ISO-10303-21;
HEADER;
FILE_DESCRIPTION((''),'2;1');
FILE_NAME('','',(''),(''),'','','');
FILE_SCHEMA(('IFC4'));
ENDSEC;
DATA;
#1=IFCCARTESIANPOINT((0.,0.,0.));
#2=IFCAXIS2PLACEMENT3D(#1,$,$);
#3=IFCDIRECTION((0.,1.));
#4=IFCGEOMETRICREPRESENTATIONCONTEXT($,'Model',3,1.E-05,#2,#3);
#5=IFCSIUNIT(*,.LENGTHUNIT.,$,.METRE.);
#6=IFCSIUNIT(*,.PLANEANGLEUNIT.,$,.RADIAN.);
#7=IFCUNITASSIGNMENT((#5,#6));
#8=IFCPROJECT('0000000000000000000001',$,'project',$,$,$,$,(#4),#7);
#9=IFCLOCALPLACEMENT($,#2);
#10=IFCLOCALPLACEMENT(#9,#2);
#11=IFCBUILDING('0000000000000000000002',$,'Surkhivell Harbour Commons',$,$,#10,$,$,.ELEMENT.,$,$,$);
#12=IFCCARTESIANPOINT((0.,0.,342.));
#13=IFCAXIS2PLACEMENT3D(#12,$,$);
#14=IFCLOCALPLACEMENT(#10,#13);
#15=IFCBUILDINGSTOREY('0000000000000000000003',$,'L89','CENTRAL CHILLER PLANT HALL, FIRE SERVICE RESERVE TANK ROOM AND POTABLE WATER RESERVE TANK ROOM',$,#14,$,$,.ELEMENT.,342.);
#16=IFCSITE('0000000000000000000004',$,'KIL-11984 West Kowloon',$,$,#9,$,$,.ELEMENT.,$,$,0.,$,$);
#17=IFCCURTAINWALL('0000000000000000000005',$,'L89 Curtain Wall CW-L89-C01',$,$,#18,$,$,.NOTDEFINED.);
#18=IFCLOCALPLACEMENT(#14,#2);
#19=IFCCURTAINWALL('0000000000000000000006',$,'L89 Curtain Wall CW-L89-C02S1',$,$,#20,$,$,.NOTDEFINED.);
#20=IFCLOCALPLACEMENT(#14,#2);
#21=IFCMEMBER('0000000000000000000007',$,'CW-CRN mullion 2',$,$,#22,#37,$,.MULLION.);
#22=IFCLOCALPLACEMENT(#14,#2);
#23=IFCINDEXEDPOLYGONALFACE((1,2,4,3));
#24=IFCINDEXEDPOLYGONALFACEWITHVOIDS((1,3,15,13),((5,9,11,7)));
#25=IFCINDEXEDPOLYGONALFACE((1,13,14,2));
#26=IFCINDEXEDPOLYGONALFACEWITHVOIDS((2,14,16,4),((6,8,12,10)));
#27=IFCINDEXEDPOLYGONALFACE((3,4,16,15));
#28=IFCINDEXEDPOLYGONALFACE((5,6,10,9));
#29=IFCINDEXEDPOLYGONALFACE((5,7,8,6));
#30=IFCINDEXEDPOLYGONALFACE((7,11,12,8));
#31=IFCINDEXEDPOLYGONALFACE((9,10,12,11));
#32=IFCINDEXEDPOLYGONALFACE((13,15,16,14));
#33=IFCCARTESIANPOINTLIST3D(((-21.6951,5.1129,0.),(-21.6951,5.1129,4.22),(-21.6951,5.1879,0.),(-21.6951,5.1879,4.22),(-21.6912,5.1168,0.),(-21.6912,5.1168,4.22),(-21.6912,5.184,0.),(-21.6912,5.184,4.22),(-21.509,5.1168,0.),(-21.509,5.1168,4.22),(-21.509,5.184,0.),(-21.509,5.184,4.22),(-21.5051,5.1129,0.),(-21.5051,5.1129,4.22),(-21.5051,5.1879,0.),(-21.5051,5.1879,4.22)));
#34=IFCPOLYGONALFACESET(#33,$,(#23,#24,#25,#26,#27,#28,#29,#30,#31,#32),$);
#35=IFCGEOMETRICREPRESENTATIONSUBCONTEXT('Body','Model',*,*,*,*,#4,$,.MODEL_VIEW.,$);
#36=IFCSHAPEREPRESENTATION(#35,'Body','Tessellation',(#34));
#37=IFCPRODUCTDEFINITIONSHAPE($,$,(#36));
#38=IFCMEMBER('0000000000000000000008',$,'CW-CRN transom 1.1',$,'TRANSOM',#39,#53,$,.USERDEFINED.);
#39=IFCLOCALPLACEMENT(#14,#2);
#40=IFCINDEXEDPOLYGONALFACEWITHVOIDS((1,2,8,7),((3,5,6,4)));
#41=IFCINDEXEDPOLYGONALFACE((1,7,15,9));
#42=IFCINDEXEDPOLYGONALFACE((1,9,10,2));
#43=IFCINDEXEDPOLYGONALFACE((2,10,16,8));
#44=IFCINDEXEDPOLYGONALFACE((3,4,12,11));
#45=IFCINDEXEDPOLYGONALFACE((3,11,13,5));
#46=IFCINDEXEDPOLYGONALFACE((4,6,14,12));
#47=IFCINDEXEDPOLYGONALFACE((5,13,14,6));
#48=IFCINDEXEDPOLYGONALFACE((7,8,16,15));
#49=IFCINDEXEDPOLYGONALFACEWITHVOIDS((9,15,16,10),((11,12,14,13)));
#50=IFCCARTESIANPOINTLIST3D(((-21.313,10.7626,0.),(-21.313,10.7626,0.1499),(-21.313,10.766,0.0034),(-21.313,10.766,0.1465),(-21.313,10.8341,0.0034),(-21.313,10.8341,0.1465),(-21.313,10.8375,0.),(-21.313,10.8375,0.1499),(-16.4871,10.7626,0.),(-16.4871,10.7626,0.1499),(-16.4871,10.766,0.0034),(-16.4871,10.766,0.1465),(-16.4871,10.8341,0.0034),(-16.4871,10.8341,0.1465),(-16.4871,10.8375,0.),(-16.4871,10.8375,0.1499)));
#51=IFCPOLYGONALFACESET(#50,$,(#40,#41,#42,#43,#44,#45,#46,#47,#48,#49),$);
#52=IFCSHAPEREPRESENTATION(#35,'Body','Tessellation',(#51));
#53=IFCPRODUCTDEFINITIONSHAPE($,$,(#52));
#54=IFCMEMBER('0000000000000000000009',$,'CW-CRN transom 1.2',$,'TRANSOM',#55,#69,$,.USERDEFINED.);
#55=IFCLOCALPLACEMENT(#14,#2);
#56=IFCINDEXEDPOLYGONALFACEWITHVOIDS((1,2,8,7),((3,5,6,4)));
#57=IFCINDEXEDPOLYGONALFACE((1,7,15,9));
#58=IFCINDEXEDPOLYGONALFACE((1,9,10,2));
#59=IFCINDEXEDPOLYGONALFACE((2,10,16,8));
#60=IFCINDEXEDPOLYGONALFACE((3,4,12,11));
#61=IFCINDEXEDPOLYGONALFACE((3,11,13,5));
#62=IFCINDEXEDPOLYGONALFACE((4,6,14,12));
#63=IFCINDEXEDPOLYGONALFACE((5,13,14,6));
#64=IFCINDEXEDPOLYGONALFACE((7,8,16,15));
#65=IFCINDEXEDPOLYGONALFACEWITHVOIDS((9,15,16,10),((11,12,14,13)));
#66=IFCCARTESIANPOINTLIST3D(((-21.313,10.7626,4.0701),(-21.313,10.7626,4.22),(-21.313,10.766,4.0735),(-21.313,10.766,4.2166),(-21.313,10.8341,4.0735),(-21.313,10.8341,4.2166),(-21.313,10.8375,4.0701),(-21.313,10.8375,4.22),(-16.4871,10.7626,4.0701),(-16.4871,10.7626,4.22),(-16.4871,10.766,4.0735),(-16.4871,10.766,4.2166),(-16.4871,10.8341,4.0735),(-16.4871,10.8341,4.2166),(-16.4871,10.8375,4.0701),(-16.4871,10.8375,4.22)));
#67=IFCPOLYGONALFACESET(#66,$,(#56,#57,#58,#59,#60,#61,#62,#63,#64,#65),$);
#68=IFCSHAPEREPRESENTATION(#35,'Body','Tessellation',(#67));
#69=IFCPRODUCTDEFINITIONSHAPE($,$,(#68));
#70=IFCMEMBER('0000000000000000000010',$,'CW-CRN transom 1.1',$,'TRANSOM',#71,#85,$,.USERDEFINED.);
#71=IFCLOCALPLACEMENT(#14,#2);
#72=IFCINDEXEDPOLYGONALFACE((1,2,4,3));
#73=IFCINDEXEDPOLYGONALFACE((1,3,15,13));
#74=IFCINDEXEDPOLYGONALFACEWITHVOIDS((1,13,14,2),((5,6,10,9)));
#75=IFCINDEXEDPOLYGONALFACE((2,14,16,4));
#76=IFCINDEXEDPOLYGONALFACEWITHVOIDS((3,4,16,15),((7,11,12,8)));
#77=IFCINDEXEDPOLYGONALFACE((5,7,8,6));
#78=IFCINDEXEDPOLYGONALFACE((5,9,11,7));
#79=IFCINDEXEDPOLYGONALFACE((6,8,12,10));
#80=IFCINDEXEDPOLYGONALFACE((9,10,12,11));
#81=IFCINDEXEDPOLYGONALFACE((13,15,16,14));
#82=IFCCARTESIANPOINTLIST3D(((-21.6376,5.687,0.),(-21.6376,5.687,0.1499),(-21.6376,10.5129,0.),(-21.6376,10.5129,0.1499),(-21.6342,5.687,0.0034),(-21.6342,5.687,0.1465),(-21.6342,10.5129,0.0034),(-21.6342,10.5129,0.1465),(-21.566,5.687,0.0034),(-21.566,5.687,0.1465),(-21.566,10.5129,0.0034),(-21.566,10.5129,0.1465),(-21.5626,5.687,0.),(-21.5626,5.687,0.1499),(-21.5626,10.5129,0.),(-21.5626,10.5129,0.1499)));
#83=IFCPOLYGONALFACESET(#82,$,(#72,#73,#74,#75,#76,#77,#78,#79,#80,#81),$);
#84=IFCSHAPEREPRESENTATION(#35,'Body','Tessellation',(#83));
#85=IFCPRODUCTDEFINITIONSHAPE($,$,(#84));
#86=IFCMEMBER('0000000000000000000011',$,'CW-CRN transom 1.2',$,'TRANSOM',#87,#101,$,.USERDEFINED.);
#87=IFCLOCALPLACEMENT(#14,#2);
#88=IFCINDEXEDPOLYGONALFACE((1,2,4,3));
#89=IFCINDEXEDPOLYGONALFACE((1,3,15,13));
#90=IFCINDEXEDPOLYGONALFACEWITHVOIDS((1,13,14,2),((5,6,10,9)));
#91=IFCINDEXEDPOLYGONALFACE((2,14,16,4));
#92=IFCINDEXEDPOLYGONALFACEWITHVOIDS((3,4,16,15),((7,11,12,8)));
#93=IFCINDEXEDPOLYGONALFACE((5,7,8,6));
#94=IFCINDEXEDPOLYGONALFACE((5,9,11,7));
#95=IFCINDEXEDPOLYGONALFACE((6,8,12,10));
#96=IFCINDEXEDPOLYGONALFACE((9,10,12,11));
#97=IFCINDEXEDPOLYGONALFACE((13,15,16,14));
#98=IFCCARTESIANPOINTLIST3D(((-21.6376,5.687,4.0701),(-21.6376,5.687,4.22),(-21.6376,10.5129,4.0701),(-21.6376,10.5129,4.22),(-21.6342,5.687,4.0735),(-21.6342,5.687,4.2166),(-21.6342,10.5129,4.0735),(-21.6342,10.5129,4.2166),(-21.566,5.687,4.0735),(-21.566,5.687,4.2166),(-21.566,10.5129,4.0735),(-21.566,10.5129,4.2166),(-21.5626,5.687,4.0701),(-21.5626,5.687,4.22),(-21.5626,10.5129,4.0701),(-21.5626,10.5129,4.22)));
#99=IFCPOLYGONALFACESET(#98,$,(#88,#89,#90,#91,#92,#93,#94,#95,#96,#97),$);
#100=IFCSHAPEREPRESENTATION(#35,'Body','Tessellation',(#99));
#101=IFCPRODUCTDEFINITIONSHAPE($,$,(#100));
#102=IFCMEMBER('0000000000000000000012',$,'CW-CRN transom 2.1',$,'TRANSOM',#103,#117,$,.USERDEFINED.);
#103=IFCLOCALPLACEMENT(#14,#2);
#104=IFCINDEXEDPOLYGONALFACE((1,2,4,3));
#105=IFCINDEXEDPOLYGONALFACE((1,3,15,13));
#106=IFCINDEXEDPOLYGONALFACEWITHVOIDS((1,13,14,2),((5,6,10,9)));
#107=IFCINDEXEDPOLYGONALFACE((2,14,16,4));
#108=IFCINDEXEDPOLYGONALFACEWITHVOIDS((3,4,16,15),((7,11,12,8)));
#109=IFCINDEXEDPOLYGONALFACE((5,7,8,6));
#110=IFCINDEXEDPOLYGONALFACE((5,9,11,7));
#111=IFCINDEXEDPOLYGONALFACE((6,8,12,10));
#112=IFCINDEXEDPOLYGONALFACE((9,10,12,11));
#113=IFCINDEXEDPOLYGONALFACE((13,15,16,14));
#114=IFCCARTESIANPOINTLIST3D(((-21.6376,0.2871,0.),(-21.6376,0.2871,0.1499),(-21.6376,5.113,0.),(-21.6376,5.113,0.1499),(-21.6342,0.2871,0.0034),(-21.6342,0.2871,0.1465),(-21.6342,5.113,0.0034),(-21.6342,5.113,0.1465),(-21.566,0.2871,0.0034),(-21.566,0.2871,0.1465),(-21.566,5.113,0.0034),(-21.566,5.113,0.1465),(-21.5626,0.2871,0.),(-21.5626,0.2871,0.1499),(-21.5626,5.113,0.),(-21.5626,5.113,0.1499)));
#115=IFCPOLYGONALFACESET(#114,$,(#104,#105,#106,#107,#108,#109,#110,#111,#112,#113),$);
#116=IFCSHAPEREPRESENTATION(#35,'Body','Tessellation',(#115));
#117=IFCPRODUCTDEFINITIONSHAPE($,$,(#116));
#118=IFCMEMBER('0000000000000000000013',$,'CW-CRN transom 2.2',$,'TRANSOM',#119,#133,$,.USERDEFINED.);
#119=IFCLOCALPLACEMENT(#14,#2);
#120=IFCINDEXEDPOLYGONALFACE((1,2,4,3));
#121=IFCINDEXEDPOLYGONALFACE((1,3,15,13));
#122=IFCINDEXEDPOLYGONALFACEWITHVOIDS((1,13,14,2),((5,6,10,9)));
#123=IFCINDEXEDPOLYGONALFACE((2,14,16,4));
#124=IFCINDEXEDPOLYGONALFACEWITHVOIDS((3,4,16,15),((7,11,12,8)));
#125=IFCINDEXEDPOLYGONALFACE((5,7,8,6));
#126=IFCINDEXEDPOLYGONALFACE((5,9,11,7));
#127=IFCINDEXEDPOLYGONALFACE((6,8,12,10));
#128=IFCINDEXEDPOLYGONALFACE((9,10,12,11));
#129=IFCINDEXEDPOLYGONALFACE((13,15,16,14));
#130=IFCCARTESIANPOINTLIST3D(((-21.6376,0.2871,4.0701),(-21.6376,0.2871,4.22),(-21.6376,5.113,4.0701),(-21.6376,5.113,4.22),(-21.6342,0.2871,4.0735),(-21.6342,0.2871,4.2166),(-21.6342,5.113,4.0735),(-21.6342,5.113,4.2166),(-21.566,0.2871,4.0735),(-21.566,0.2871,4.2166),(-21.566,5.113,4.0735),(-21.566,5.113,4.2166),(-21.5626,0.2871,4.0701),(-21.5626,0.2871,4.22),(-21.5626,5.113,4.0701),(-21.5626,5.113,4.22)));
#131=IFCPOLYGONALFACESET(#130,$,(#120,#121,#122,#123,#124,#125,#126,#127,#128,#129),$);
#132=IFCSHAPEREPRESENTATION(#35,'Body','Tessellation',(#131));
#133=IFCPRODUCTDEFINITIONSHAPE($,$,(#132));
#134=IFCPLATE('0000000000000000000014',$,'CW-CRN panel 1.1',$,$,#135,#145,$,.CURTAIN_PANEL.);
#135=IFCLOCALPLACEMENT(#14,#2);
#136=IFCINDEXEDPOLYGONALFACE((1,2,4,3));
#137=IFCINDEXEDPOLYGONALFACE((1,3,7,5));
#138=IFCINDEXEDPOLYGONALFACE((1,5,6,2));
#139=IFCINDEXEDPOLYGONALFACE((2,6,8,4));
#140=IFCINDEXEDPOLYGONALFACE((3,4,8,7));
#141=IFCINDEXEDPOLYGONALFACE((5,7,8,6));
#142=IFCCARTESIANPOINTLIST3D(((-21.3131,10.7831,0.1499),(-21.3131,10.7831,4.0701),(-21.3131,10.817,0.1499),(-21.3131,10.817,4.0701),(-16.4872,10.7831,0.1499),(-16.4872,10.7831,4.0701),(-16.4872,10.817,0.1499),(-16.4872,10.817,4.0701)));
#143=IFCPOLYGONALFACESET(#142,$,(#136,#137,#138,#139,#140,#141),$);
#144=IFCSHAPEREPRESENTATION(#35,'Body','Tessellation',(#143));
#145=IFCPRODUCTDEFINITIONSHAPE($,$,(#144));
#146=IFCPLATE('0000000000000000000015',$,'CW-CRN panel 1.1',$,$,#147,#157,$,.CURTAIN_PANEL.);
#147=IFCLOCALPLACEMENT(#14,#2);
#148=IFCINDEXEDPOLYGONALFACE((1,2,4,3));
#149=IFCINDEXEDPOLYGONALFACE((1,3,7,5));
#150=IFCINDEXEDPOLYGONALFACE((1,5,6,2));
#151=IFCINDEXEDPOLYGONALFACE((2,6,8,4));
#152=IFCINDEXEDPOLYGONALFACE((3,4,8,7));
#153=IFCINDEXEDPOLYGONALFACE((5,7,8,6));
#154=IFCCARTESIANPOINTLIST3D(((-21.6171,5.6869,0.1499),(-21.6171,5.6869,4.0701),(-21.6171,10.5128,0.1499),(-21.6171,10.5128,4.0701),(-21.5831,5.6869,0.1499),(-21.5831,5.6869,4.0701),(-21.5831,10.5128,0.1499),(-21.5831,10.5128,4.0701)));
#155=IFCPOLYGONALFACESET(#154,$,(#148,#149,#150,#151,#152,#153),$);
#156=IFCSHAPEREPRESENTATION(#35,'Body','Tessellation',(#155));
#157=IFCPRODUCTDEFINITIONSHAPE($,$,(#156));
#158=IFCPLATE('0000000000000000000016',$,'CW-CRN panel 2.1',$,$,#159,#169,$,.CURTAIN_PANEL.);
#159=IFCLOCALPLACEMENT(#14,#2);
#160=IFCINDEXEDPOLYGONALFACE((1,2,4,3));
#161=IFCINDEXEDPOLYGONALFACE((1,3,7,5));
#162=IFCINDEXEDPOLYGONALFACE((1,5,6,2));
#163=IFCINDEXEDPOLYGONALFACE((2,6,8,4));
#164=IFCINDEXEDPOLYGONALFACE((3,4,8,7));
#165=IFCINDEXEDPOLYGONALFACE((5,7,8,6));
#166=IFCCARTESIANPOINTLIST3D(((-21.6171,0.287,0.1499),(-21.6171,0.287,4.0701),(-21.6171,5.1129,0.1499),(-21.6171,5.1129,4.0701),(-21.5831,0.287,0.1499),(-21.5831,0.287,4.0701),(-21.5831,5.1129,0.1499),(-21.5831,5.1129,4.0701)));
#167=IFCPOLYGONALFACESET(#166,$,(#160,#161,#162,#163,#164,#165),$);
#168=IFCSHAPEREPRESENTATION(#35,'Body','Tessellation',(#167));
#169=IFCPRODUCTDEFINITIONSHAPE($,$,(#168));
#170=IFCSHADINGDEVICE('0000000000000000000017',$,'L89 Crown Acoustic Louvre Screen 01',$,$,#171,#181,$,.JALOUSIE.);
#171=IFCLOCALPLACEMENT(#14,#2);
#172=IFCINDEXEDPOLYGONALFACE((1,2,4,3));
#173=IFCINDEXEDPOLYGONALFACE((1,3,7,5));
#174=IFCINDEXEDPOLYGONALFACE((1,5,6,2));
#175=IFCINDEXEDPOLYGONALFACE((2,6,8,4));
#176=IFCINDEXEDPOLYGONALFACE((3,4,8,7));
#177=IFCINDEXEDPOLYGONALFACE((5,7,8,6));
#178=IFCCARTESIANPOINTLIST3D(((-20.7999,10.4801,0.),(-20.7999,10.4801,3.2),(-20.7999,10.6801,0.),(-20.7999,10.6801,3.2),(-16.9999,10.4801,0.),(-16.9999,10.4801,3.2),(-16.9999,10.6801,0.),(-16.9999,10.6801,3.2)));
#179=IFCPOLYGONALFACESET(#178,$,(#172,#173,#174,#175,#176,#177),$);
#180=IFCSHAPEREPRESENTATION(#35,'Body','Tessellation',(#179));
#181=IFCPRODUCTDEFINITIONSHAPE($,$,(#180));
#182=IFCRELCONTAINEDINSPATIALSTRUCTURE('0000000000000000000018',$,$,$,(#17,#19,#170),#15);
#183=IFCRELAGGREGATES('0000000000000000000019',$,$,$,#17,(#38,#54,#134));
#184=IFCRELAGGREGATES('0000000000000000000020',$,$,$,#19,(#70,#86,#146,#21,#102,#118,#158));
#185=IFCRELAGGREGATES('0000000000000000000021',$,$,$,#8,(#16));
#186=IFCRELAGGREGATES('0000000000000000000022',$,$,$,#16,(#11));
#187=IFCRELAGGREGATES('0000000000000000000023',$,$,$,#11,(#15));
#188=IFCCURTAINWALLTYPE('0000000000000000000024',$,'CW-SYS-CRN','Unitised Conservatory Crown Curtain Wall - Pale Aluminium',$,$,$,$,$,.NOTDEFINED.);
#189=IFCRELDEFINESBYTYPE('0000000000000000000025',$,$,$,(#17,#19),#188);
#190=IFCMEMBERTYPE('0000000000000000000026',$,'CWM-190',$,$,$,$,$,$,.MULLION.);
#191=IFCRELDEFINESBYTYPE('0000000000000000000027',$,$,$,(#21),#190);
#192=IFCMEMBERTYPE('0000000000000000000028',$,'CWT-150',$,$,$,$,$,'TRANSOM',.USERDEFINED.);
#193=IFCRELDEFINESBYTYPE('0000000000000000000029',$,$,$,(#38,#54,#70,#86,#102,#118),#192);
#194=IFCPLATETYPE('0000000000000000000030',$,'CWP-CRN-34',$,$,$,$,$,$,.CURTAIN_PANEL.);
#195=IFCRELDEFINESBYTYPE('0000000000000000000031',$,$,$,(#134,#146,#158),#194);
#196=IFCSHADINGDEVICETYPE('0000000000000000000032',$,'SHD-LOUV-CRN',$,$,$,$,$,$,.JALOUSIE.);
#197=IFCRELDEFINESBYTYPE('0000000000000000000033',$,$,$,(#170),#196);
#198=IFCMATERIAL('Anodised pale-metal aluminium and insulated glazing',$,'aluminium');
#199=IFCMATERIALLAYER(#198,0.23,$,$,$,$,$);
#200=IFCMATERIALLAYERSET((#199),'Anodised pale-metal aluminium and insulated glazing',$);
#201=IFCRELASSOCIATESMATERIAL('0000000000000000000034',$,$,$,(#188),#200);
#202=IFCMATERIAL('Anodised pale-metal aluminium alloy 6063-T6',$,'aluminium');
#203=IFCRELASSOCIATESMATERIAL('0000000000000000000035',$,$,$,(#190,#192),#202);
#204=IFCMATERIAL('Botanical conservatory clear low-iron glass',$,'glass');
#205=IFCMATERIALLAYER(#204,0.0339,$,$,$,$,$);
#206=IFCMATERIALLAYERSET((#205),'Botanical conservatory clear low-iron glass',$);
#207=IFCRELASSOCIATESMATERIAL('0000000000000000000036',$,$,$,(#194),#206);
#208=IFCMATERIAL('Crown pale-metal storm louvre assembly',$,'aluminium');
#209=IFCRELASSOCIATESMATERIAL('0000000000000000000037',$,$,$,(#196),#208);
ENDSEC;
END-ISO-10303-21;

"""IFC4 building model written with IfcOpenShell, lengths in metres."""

from ifc_helpers import new_model, si_unit, direction, frame, frame_2d, origin, origin_2d, place, context, subcontext, project, spatial, rectangle, hollow_rectangle, extrude, material, layer, layer_set, material_profile, profile_set, type_object, element, aggregate, save


model = new_model("IFC4")

# Units and contexts
model_context = context("Model", 3, precision=1e-05, world=origin(), true_north=direction((0.0, 1.0)))
body_context = subcontext(model_context, "Body", "Model", "MODEL_VIEW")
ifc_project = project(units=[si_unit("LENGTHUNIT", "METRE"), si_unit("PLANEANGLEUNIT", "RADIAN")], contexts=[model_context])

# Site, building, storey
site_placement = place(None, origin())
site = spatial("IfcSite", under=ifc_project, at=site_placement, Name="KIL-11984 West Kowloon", CompositionType="ELEMENT", RefElevation=0.0)
building_placement = place(site_placement, origin())
building = spatial("IfcBuilding", under=site, at=building_placement, Name="Surkhivell Harbour Commons", CompositionType="ELEMENT")
storey_placement = place(building_placement, frame((0.0, 0.0, 342.0)))
storey = spatial("IfcBuildingStorey", under=building, at=storey_placement, Name="L89", Description="CENTRAL CHILLER PLANT HALL, FIRE SERVICE RESERVE TANK ROOM AND POTABLE WATER RESERVE TANK ROOM", CompositionType="ELEMENT", Elevation=342.0)

# Curtain walls, member
ifc_material_1 = material(Name="Anodised pale-metal aluminium and insulated glazing", Category="aluminium")
ifc_layer_1 = layer(ifc_material_1, 0.23)
ifc_layer_set_1 = layer_set([ifc_layer_1], Name="Anodised pale-metal aluminium and insulated glazing")
curtain_wall_type = type_object("IfcCurtainWallType", Name="CW-SYS-CRN", Description="Unitised Conservatory Crown Curtain Wall - Pale Aluminium", PredefinedType="NOTDEFINED", material=ifc_layer_set_1)
curtain_wall_1_placement = place(storey_placement, origin())
curtain_wall_1 = element("IfcCurtainWall", 1, at=curtain_wall_1_placement, inside=storey, type_object=curtain_wall_type, Name="L89 Curtain Wall CW-L89-C01", PredefinedType="NOTDEFINED")
ifc_material_2 = material(Name="Anodised pale-metal aluminium alloy 6063-T6", Category="aluminium")
ifc_material_profile_1 = material_profile(ifc_material_2, hollow_rectangle(XDim=0.075, YDim=0.1899, WallThickness=0.0039, at=origin_2d()), Name="ALU-MULL-75x190")
ifc_profile_set_1 = profile_set([ifc_material_profile_1], Name="Anodised pale-metal aluminium alloy 6063-T6")
member_type_1 = type_object("IfcMemberType", Name="CWM-190", PredefinedType="MULLION", material=ifc_profile_set_1)
curtain_wall_2_placement = place(storey_placement, origin())
curtain_wall_2 = element("IfcCurtainWall", 2, at=curtain_wall_2_placement, inside=storey, type_object=curtain_wall_type, Name="L89 Curtain Wall CW-L89-C02S1", PredefinedType="NOTDEFINED")
member_1_placement = place(storey_placement, frame((-21.6001, 5.1504, 0.0), z_axis=(0.0, 0.0, 1.0), x_axis=(0.0, -1.0, 0.0)))
member_1 = element("IfcMember", 3, at=member_1_placement, type_object=member_type_1, Name="CW-CRN mullion 2", PredefinedType="MULLION", context=body_context, shape_type="SweptSolid", body=[
    extrude(hollow_rectangle(XDim=0.075, YDim=0.1899, WallThickness=0.0039, at=origin_2d()), origin(), (0.0, 0.0, 1.0), 4.22),
])

# Members
ifc_material_profile_2 = material_profile(ifc_material_2, hollow_rectangle(XDim=0.075, YDim=0.1499, WallThickness=0.0034, at=origin_2d()), Name="ALU-TRAN-75x150")
ifc_profile_set_2 = profile_set([ifc_material_profile_2], Name="Anodised pale-metal aluminium alloy 6063-T6")
member_type_2 = type_object("IfcMemberType", Name="CWT-150", ElementType="TRANSOM", PredefinedType="USERDEFINED", material=ifc_profile_set_2)
member_2_placement = place(storey_placement, frame((-16.4871, 10.8, 0.075), z_axis=(-1.0, 0.0, 0.0), x_axis=(0.0, -1.0, 0.0)))
member_2 = element("IfcMember", 4, at=member_2_placement, type_object=member_type_2, Name="CW-CRN transom 1.1", ObjectType="TRANSOM", PredefinedType="USERDEFINED", context=body_context, shape_type="SweptSolid", body=[
    extrude(hollow_rectangle(XDim=0.075, YDim=0.1499, WallThickness=0.0034, at=origin_2d()), origin(), (0.0, 0.0, 1.0), 4.8259),
])
member_3_placement = place(storey_placement, frame((-16.4871, 10.8, 4.145), z_axis=(-1.0, 0.0, 0.0), x_axis=(0.0, -1.0, 0.0)))
member_3 = element("IfcMember", 5, at=member_3_placement, type_object=member_type_2, Name="CW-CRN transom 1.2", ObjectType="TRANSOM", PredefinedType="USERDEFINED", context=body_context, shape_type="SweptSolid", body=[
    extrude(hollow_rectangle(XDim=0.075, YDim=0.1499, WallThickness=0.0034, at=origin_2d()), origin(), (0.0, 0.0, 1.0), 4.8259),
])
member_4_placement = place(storey_placement, frame((-21.6001, 10.5129, 0.075), z_axis=(0.0, -1.0, 0.0), x_axis=(1.0, 0.0, 0.0)))
member_4 = element("IfcMember", 6, at=member_4_placement, type_object=member_type_2, Name="CW-CRN transom 1.1", ObjectType="TRANSOM", PredefinedType="USERDEFINED", context=body_context, shape_type="SweptSolid", body=[
    extrude(hollow_rectangle(XDim=0.075, YDim=0.1499, WallThickness=0.0034, at=origin_2d()), origin(), (0.0, 0.0, 1.0), 4.8259),
])
member_5_placement = place(storey_placement, frame((-21.6001, 10.5129, 4.145), z_axis=(0.0, -1.0, 0.0), x_axis=(1.0, 0.0, 0.0)))
member_5 = element("IfcMember", 7, at=member_5_placement, type_object=member_type_2, Name="CW-CRN transom 1.2", ObjectType="TRANSOM", PredefinedType="USERDEFINED", context=body_context, shape_type="SweptSolid", body=[
    extrude(hollow_rectangle(XDim=0.075, YDim=0.1499, WallThickness=0.0034, at=origin_2d()), origin(), (0.0, 0.0, 1.0), 4.8259),
])
member_6_placement = place(storey_placement, frame((-21.6001, 5.113, 0.075), z_axis=(0.0, -1.0, 0.0), x_axis=(1.0, 0.0, 0.0)))
member_6 = element("IfcMember", 8, at=member_6_placement, type_object=member_type_2, Name="CW-CRN transom 2.1", ObjectType="TRANSOM", PredefinedType="USERDEFINED", context=body_context, shape_type="SweptSolid", body=[
    extrude(hollow_rectangle(XDim=0.075, YDim=0.1499, WallThickness=0.0034, at=origin_2d()), origin(), (0.0, 0.0, 1.0), 4.8259),
])
member_7_placement = place(storey_placement, frame((-21.6001, 5.113, 4.145), z_axis=(0.0, -1.0, 0.0), x_axis=(1.0, 0.0, 0.0)))
member_7 = element("IfcMember", 9, at=member_7_placement, type_object=member_type_2, Name="CW-CRN transom 2.2", ObjectType="TRANSOM", PredefinedType="USERDEFINED", context=body_context, shape_type="SweptSolid", body=[
    extrude(hollow_rectangle(XDim=0.075, YDim=0.1499, WallThickness=0.0034, at=origin_2d()), origin(), (0.0, 0.0, 1.0), 4.8259),
])

# Plates
ifc_material_3 = material(Name="Botanical conservatory clear low-iron glass", Category="glass")
ifc_layer_2 = layer(ifc_material_3, 0.0339)
ifc_layer_set_2 = layer_set([ifc_layer_2], Name="Botanical conservatory clear low-iron glass")
plate_type = type_object("IfcPlateType", Name="CWP-CRN-34", PredefinedType="CURTAIN_PANEL", material=ifc_layer_set_2)
plate_1_placement = place(storey_placement, frame((-16.4871, 10.8, 0.1499), z_axis=(0.0, 0.0, 1.0), x_axis=(-1.0, 0.0, 0.0)))
plate_1 = element("IfcPlate", 10, at=plate_1_placement, type_object=plate_type, Name="CW-CRN panel 1.1", PredefinedType="CURTAIN_PANEL", context=body_context, shape_type="SweptSolid", body=[
    extrude(rectangle(XDim=4.8259, YDim=0.0339, at=frame_2d((2.4131, 0.0))), origin(), (0.0, 0.0, 1.0), 3.9202),
])
aggregate(curtain_wall_1, [member_2, member_3, plate_1])
plate_2_placement = place(storey_placement, frame((-21.6001, 10.5129, 0.1499), z_axis=(0.0, 0.0, 1.0), x_axis=(0.0, -1.0, 0.0)))
plate_2 = element("IfcPlate", 11, at=plate_2_placement, type_object=plate_type, Name="CW-CRN panel 1.1", PredefinedType="CURTAIN_PANEL", context=body_context, shape_type="SweptSolid", body=[
    extrude(rectangle(XDim=4.8259, YDim=0.0339, at=frame_2d((2.4131, 0.0))), origin(), (0.0, 0.0, 1.0), 3.9202),
])
plate_3_placement = place(storey_placement, frame((-21.6001, 5.113, 0.1499), z_axis=(0.0, 0.0, 1.0), x_axis=(0.0, -1.0, 0.0)))
plate_3 = element("IfcPlate", 12, at=plate_3_placement, type_object=plate_type, Name="CW-CRN panel 2.1", PredefinedType="CURTAIN_PANEL", context=body_context, shape_type="SweptSolid", body=[
    extrude(rectangle(XDim=4.8259, YDim=0.0339, at=frame_2d((2.4131, 0.0))), origin(), (0.0, 0.0, 1.0), 3.9202),
])
aggregate(curtain_wall_2, [member_4, member_5, plate_2, member_1, member_6, member_7, plate_3])

# Shading device
ifc_material_4 = material(Name="Crown pale-metal storm louvre assembly", Category="aluminium")
shading_device_type = type_object("IfcShadingDeviceType", Name="SHD-LOUV-CRN", PredefinedType="JALOUSIE", material=ifc_material_4)
shading_device_placement = place(storey_placement, frame((-18.8999, 10.5801, 0.0), z_axis=(0.0, 0.0, 1.0), x_axis=(1.0, 0.0, 0.0)))
element("IfcShadingDevice", 13, at=shading_device_placement, inside=storey, type_object=shading_device_type, Name="L89 Crown Acoustic Louvre Screen 01", PredefinedType="JALOUSIE", context=body_context, shape_type="SweptSolid", body=[
    extrude(rectangle(XDim=3.8, YDim=0.2, at=origin_2d()), origin(), (0.0, 0.0, 1.0), 3.2),
])

save(model, "model.ifc")
